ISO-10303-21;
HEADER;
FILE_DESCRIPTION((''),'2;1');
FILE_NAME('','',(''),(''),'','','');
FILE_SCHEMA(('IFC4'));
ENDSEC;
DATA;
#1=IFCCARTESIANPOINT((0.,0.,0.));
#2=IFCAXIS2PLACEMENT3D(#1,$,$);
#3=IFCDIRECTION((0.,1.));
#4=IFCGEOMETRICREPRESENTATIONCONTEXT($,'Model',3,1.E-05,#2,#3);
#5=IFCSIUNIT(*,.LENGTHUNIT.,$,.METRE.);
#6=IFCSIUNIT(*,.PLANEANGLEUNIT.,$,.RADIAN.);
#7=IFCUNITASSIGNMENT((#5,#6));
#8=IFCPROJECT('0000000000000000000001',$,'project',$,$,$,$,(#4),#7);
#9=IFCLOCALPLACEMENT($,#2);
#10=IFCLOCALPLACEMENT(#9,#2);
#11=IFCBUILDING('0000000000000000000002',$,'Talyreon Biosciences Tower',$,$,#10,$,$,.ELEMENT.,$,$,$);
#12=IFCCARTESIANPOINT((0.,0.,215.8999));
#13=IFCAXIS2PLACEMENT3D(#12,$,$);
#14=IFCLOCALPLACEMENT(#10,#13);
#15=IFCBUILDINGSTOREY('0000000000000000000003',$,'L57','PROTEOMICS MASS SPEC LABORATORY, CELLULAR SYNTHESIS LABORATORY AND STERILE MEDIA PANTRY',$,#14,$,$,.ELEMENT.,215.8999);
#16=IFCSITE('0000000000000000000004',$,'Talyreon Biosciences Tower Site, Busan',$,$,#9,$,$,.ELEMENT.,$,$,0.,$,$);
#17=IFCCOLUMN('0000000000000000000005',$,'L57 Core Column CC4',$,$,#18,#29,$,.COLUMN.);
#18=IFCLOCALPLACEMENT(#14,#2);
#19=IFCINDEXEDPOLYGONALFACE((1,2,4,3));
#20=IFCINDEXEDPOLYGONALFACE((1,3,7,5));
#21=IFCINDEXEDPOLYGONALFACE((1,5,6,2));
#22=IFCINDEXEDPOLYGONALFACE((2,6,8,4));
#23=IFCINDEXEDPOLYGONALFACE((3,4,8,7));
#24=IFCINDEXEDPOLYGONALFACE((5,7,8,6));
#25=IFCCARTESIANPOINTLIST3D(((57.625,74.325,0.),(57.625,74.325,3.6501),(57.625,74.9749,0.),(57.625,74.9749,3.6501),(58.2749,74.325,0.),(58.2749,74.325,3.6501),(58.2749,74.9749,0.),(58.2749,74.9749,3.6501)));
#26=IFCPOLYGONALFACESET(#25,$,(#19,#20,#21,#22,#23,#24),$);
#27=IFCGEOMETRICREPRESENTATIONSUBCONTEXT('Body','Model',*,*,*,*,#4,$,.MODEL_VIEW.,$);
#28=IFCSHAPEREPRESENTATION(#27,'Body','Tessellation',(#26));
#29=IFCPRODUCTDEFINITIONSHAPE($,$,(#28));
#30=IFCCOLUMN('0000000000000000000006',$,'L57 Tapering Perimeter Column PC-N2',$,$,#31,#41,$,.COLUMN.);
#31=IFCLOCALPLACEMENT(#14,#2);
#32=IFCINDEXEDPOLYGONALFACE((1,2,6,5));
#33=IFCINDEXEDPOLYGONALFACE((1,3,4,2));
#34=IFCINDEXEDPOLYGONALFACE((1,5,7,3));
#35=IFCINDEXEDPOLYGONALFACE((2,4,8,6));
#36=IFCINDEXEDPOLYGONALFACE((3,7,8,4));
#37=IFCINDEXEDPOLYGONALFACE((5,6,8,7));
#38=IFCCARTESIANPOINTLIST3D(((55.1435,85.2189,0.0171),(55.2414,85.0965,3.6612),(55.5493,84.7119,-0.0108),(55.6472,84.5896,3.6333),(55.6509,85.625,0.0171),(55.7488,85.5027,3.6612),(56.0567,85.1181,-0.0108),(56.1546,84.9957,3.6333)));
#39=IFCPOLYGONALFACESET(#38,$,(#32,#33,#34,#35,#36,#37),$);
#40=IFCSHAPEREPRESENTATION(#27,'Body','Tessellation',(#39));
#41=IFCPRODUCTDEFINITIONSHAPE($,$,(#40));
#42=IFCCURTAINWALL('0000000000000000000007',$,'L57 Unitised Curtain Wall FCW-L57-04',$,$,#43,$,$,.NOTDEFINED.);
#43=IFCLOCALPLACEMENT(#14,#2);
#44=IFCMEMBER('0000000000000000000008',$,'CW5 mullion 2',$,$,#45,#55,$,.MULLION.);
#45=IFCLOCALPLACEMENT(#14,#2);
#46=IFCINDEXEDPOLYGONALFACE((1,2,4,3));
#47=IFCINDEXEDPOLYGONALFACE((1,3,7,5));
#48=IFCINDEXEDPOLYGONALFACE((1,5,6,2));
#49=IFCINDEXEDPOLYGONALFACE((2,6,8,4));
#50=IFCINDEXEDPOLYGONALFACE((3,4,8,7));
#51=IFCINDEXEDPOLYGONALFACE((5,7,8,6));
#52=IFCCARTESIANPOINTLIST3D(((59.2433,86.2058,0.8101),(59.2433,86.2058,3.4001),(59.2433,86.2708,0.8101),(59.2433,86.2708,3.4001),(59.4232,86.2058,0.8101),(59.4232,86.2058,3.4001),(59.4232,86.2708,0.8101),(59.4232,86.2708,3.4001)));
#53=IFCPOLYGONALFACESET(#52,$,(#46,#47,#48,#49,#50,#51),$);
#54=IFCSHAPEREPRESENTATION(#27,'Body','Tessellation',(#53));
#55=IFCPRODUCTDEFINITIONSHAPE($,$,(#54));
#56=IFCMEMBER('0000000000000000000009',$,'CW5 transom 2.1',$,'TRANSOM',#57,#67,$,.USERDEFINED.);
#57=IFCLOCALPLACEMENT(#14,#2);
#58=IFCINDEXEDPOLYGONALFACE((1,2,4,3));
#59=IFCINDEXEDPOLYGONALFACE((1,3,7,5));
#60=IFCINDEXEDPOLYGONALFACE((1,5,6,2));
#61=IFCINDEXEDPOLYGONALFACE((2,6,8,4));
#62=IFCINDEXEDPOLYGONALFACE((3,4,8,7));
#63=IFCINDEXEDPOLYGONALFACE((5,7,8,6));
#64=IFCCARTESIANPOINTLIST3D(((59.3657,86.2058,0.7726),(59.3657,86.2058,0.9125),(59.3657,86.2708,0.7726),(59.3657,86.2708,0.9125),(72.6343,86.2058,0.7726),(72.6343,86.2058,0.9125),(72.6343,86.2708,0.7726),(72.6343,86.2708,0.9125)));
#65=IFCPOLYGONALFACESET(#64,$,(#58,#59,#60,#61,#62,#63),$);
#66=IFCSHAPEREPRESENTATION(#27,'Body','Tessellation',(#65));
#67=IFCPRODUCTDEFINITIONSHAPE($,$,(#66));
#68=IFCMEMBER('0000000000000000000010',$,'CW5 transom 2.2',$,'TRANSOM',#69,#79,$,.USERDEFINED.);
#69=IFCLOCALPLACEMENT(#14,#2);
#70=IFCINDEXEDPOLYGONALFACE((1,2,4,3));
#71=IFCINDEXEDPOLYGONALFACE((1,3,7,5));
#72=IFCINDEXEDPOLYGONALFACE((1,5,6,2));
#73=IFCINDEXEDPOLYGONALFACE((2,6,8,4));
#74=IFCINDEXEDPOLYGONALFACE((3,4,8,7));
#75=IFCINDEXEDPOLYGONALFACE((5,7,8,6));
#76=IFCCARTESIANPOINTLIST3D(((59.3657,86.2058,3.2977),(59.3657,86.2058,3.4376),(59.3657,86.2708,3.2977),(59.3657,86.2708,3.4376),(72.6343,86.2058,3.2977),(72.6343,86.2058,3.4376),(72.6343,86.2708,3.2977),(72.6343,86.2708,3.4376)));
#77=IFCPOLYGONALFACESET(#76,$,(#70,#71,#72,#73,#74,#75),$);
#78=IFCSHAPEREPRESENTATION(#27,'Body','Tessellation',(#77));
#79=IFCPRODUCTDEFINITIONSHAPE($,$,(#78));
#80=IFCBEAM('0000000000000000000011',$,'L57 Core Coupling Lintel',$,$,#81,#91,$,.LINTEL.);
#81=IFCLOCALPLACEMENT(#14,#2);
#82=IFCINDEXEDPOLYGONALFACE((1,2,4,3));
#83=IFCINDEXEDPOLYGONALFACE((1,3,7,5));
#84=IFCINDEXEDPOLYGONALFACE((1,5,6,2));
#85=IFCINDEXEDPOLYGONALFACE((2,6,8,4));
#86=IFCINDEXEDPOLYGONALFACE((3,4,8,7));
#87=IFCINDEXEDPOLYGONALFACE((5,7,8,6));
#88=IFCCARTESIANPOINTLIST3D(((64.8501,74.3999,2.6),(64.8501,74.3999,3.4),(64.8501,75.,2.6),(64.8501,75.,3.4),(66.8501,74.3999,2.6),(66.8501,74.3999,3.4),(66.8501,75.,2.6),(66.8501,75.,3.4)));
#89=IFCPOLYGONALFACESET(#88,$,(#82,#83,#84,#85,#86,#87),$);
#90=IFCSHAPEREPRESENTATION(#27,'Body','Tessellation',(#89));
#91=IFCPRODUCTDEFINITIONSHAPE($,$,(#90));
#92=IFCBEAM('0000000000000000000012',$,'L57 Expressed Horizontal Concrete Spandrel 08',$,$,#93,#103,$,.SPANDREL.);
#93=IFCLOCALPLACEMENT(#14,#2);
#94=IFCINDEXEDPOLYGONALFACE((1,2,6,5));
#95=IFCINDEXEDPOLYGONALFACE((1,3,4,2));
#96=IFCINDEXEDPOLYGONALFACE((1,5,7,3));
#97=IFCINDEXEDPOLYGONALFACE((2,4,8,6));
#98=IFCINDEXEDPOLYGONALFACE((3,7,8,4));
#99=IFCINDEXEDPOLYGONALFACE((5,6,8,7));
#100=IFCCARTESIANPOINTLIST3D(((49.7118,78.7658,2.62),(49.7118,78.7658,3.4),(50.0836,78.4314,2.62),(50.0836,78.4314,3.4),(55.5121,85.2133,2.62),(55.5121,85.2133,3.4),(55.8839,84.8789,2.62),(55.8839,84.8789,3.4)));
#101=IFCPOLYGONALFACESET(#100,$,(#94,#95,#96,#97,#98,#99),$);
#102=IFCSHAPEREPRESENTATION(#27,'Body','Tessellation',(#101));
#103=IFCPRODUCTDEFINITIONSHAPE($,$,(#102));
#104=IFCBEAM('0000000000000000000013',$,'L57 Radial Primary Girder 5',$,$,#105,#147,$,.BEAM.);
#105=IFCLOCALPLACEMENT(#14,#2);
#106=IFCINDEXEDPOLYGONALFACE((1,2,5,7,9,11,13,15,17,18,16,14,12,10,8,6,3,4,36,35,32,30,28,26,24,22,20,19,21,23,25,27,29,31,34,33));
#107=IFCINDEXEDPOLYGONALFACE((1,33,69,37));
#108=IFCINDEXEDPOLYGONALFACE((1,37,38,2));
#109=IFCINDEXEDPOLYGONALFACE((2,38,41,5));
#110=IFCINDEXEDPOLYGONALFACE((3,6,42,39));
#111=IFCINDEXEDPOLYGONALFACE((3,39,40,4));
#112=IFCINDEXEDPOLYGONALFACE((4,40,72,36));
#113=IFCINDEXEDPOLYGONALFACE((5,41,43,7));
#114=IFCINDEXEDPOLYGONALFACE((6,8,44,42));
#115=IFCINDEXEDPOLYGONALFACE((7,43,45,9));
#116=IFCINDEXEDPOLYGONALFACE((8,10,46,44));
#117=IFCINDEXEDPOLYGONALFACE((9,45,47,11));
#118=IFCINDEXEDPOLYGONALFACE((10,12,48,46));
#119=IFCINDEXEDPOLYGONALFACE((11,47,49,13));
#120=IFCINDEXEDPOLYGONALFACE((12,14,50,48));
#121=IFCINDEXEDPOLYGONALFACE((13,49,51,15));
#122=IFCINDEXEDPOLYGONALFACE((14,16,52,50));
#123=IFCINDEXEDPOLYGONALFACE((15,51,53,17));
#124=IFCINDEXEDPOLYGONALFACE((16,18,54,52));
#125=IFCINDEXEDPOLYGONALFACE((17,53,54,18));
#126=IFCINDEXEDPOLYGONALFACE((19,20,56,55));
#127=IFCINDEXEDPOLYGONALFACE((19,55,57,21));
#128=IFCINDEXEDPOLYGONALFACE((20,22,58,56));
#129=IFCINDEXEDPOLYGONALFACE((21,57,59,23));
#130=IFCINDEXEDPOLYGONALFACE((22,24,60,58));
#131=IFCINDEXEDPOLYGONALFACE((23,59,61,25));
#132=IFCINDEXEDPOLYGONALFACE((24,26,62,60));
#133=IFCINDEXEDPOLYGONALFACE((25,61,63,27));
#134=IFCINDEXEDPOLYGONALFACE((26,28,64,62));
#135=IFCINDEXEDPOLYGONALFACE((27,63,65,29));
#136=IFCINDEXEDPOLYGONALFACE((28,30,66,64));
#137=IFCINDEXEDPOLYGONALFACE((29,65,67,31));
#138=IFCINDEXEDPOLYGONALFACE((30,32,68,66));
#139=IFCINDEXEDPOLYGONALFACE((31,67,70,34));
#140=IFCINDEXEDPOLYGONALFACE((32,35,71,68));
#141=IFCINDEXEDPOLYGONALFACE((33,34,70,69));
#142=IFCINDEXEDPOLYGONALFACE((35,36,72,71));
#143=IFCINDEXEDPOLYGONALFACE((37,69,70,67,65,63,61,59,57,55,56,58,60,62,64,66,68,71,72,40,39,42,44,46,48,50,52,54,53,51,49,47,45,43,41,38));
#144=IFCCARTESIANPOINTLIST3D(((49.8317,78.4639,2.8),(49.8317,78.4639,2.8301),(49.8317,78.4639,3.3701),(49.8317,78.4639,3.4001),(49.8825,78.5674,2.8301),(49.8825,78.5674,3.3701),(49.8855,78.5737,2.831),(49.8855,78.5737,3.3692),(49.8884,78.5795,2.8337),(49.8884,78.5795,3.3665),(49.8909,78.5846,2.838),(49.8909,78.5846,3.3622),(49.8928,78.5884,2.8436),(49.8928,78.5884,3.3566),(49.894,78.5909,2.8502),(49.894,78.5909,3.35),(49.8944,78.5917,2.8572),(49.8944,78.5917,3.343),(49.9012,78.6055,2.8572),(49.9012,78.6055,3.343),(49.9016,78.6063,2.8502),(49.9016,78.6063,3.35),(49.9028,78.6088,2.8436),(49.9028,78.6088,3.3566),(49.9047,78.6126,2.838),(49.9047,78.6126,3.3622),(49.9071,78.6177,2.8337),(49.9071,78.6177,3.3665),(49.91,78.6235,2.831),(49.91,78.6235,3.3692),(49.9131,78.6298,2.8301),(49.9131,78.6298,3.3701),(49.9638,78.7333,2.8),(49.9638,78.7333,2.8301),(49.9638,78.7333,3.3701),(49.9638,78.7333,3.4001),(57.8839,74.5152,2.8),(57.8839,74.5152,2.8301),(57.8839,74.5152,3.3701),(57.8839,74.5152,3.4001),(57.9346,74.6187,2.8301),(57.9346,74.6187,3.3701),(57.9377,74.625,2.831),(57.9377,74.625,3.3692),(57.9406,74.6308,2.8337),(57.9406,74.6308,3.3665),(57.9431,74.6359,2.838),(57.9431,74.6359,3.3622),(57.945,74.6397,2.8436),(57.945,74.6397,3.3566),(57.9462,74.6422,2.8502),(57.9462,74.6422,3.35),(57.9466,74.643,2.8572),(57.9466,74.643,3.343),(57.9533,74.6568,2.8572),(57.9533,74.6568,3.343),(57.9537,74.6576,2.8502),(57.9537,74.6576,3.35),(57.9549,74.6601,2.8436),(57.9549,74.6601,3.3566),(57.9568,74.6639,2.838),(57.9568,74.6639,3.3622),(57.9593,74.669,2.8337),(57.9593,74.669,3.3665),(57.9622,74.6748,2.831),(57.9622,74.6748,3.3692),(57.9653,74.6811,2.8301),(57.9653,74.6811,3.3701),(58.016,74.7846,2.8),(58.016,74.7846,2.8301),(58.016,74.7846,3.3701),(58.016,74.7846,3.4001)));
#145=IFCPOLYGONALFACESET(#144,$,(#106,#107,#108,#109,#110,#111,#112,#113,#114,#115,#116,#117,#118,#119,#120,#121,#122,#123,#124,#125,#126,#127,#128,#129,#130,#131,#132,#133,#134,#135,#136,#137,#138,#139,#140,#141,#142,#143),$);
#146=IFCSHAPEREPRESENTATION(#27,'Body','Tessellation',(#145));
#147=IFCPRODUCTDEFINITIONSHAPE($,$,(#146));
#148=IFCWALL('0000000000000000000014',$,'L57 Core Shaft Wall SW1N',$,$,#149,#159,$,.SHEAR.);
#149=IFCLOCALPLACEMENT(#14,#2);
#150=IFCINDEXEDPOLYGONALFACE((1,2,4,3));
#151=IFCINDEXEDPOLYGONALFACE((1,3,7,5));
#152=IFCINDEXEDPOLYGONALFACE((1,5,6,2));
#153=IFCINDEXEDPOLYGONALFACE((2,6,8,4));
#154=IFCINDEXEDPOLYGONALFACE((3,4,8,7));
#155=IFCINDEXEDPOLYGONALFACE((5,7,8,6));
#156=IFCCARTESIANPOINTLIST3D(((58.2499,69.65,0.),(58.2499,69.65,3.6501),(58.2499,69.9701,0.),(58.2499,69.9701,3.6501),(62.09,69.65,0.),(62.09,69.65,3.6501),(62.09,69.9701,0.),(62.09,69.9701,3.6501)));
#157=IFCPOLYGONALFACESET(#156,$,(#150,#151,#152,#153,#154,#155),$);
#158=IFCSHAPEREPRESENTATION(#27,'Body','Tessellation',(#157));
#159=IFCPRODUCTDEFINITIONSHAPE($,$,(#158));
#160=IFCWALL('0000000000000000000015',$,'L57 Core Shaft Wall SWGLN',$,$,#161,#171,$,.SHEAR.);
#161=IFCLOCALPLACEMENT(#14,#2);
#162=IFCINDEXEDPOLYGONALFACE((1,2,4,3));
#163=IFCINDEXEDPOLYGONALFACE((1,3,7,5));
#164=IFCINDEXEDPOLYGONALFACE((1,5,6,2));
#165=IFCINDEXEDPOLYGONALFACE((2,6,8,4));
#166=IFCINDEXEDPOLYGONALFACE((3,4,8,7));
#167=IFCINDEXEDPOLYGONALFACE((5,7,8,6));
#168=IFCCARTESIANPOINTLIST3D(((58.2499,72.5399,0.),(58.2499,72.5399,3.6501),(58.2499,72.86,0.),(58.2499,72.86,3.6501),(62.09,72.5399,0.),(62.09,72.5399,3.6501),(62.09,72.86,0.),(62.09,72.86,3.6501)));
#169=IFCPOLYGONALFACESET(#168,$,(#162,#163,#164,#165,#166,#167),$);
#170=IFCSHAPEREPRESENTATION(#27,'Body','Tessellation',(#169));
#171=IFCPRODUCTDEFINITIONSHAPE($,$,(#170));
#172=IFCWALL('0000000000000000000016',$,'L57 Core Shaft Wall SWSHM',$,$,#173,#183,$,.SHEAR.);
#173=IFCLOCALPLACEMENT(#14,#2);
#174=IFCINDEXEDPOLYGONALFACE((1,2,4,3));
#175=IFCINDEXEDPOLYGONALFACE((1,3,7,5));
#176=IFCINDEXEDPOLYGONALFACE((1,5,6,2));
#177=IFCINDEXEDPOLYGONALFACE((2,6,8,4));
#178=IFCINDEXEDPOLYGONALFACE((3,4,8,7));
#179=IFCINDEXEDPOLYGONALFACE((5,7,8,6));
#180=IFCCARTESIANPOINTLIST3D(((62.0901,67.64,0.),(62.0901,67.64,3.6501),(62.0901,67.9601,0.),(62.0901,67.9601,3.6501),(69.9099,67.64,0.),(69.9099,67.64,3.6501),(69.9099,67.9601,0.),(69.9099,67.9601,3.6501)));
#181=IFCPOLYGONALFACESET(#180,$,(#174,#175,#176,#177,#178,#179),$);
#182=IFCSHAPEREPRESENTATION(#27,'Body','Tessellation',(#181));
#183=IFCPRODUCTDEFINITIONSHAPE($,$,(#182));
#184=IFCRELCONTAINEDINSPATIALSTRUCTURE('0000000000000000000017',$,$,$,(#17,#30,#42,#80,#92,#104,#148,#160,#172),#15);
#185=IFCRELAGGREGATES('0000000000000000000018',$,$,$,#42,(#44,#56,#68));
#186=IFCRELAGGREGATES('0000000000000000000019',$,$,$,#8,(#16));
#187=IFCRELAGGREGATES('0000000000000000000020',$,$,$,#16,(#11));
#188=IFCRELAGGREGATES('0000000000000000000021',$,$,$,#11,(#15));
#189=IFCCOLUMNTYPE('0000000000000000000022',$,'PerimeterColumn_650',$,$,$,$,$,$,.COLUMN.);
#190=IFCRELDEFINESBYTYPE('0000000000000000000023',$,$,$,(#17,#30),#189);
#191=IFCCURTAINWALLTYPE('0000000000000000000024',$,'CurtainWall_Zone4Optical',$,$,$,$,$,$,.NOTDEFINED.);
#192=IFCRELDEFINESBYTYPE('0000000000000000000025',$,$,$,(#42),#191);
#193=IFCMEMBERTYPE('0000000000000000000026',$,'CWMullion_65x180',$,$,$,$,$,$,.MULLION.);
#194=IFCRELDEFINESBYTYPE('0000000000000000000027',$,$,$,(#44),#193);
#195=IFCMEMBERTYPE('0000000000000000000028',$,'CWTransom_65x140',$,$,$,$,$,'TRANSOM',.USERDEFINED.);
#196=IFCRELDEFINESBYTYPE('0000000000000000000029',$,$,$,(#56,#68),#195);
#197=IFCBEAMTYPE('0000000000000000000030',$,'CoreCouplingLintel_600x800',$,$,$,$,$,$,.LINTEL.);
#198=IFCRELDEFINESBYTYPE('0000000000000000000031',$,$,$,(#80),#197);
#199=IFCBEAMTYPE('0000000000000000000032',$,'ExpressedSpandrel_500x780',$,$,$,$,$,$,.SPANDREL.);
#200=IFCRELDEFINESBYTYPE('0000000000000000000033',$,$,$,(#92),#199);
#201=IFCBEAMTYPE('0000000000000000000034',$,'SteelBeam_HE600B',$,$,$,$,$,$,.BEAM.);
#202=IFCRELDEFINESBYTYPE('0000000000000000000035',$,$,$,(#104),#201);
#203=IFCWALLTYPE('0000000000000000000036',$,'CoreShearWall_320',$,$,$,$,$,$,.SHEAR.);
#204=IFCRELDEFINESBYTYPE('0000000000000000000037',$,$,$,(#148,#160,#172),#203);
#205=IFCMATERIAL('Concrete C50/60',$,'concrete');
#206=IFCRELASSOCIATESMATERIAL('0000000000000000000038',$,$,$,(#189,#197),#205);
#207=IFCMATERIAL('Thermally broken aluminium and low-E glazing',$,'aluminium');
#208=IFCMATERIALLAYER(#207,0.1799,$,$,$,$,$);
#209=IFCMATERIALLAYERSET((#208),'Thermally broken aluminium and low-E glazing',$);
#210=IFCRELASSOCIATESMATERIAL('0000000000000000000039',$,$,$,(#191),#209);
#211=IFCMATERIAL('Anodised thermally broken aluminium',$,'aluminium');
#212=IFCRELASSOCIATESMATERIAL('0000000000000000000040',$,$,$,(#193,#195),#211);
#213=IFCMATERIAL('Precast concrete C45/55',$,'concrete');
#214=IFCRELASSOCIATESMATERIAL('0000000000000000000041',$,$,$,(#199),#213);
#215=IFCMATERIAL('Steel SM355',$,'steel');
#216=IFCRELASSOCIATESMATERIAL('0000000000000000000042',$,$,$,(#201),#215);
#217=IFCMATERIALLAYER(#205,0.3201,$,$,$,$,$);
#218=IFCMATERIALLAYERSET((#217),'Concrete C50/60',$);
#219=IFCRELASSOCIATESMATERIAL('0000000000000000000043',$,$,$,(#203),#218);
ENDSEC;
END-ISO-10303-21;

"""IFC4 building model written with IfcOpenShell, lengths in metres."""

from ifc_helpers import new_model, si_unit, direction, frame, frame_2d, origin, origin_2d, place, context, subcontext, project, spatial, rectangle, i_section, extrude, material, layer, layer_set, material_profile, profile_set, type_object, element, aggregate, save


model = new_model("IFC4")

# Units and contexts
model_context = context("Model", 3, precision=1e-05, world=origin(), true_north=direction((0.0, 1.0)))
body_context = subcontext(model_context, "Body", "Model", "MODEL_VIEW")
ifc_project = project(units=[si_unit("LENGTHUNIT", "METRE"), si_unit("PLANEANGLEUNIT", "RADIAN")], contexts=[model_context])

# Site, building, storey
site_placement = place(None, origin())
site = spatial("IfcSite", under=ifc_project, at=site_placement, Name="Talyreon Biosciences Tower Site, Busan", CompositionType="ELEMENT", RefElevation=0.0)
building_placement = place(site_placement, origin())
building = spatial("IfcBuilding", under=site, at=building_placement, Name="Talyreon Biosciences Tower", CompositionType="ELEMENT")
storey_placement = place(building_placement, frame((0.0, 0.0, 215.8999)))
storey = spatial("IfcBuildingStorey", under=building, at=storey_placement, Name="L57", Description="PROTEOMICS MASS SPEC LABORATORY, CELLULAR SYNTHESIS LABORATORY AND STERILE MEDIA PANTRY", CompositionType="ELEMENT", Elevation=215.8999)

# Columns
ifc_material_1 = material(Name="Concrete C50/60", Category="concrete")
ifc_material_profile_1 = material_profile(ifc_material_1, rectangle(XDim=0.6499, YDim=0.6499, at=origin_2d()), Name="RC 650x650")
ifc_profile_set_1 = profile_set([ifc_material_profile_1], Name="Concrete C50/60")
column_type = type_object("IfcColumnType", Name="PerimeterColumn_650", PredefinedType="COLUMN", material=ifc_profile_set_1)
column_1_placement = place(storey_placement, frame((57.95, 74.6499, 0.0), z_axis=(0.0, 0.0, 1.0), x_axis=(1.0, 0.0, 0.0)))
element("IfcColumn", 1, at=column_1_placement, inside=storey, type_object=column_type, Name="L57 Core Column CC4", PredefinedType="COLUMN", context=body_context, shape_type="SweptSolid", body=[
    extrude(rectangle(XDim=0.6499, YDim=0.6499, at=origin_2d()), origin(), (0.0, 0.0, 1.0), 3.6501),
])
column_2_placement = place(storey_placement, frame((55.6001, 85.1685, 0.0032), z_axis=(0.026841, -0.033535, 0.999077), x_axis=(-0.780717, -0.624885, 0.0)))
element("IfcColumn", 2, at=column_2_placement, inside=storey, type_object=column_type, Name="L57 Tapering Perimeter Column PC-N2", PredefinedType="COLUMN", context=body_context, shape_type="SweptSolid", body=[
    extrude(rectangle(XDim=0.6499, YDim=0.6499, at=origin_2d()), origin(), (0.0, 0.0, 1.0), 3.6475),
])

# Curtain wall, members
ifc_material_2 = material(Name="Thermally broken aluminium and low-E glazing", Category="aluminium")
ifc_layer_1 = layer(ifc_material_2, 0.1799)
ifc_layer_set_1 = layer_set([ifc_layer_1], Name="Thermally broken aluminium and low-E glazing")
curtain_wall_type = type_object("IfcCurtainWallType", Name="CurtainWall_Zone4Optical", PredefinedType="NOTDEFINED", material=ifc_layer_set_1)
curtain_wall_placement = place(storey_placement, origin())
curtain_wall = element("IfcCurtainWall", 3, at=curtain_wall_placement, inside=storey, type_object=curtain_wall_type, Name="L57 Unitised Curtain Wall FCW-L57-04", PredefinedType="NOTDEFINED")
ifc_material_3 = material(Name="Anodised thermally broken aluminium", Category="aluminium")
ifc_material_profile_2 = material_profile(ifc_material_3, rectangle(XDim=0.0649, YDim=0.1799, at=origin_2d()), Name="ALUM MULLION 65x180")
ifc_profile_set_2 = profile_set([ifc_material_profile_2], Name="Anodised thermally broken aluminium")
member_type_1 = type_object("IfcMemberType", Name="CWMullion_65x180", PredefinedType="MULLION", material=ifc_profile_set_2)
member_1_placement = place(storey_placement, frame((59.3333, 86.2383, 0.8101), z_axis=(0.0, 0.0, 1.0), x_axis=(0.0, 1.0, 0.0)))
member_1 = element("IfcMember", 4, at=member_1_placement, type_object=member_type_1, Name="CW5 mullion 2", PredefinedType="MULLION", context=body_context, shape_type="SweptSolid", body=[
    extrude(rectangle(XDim=0.0649, YDim=0.1799, at=origin_2d()), origin(), (0.0, 0.0, 1.0), 2.5901),
])
ifc_material_profile_3 = material_profile(ifc_material_3, rectangle(XDim=0.0649, YDim=0.1399, at=origin_2d()), Name="ALUM TRANSOM 65x140")
ifc_profile_set_3 = profile_set([ifc_material_profile_3], Name="Anodised thermally broken aluminium")
member_type_2 = type_object("IfcMemberType", Name="CWTransom_65x140", ElementType="TRANSOM", PredefinedType="USERDEFINED", material=ifc_profile_set_3)
member_2_placement = place(storey_placement, frame((59.3657, 86.2383, 0.8425), z_axis=(1.0, 0.0, 0.0), x_axis=(0.0, 1.0, 0.0)))
member_2 = element("IfcMember", 5, at=member_2_placement, type_object=member_type_2, Name="CW5 transom 2.1", ObjectType="TRANSOM", PredefinedType="USERDEFINED", context=body_context, shape_type="SweptSolid", body=[
    extrude(rectangle(XDim=0.0649, YDim=0.1399, at=origin_2d()), origin(), (0.0, 0.0, 1.0), 13.2686),
])
member_3_placement = place(storey_placement, frame((59.3657, 86.2383, 3.3677), z_axis=(1.0, 0.0, 0.0), x_axis=(0.0, 1.0, 0.0)))
member_3 = element("IfcMember", 6, at=member_3_placement, type_object=member_type_2, Name="CW5 transom 2.2", ObjectType="TRANSOM", PredefinedType="USERDEFINED", context=body_context, shape_type="SweptSolid", body=[
    extrude(rectangle(XDim=0.0649, YDim=0.1399, at=origin_2d()), origin(), (0.0, 0.0, 1.0), 13.2686),
])
aggregate(curtain_wall, [member_1, member_2, member_3])

# Beams
ifc_material_profile_4 = material_profile(ifc_material_1, rectangle(XDim=0.6001, YDim=0.8, at=origin_2d()), Name="RCB 600x800")
ifc_profile_set_4 = profile_set([ifc_material_profile_4], Name="Concrete C50/60")
beam_type_1 = type_object("IfcBeamType", Name="CoreCouplingLintel_600x800", PredefinedType="LINTEL", material=ifc_profile_set_4)
beam_1_placement = place(storey_placement, frame((64.8501, 74.7, 3.0), z_axis=(1.0, 0.0, 0.0), x_axis=(0.0, 1.0, 0.0)))
element("IfcBeam", 7, at=beam_1_placement, inside=storey, type_object=beam_type_1, Name="L57 Core Coupling Lintel", PredefinedType="LINTEL", context=body_context, shape_type="SweptSolid", body=[
    extrude(rectangle(XDim=0.6001, YDim=0.8, at=origin_2d()), origin(), (0.0, 0.0, 1.0), 2.0),
])
ifc_material_4 = material(Name="Precast concrete C45/55", Category="concrete")
ifc_material_profile_5 = material_profile(ifc_material_4, rectangle(XDim=0.5, YDim=0.78, at=origin_2d()), Name="RCB 500x780")
ifc_profile_set_5 = profile_set([ifc_material_profile_5], Name="Precast concrete C45/55")
beam_type_2 = type_object("IfcBeamType", Name="ExpressedSpandrel_500x780", PredefinedType="SPANDREL", material=ifc_profile_set_5)
beam_2_placement = place(storey_placement, frame((55.698, 85.0461, 3.01), z_axis=(-0.668808, -0.743436, 0.0), x_axis=(0.743436, -0.668808, 0.0)))
element("IfcBeam", 8, at=beam_2_placement, inside=storey, type_object=beam_type_2, Name="L57 Expressed Horizontal Concrete Spandrel 08", PredefinedType="SPANDREL", context=body_context, shape_type="SweptSolid", body=[
    extrude(rectangle(XDim=0.5, YDim=0.78, at=origin_2d()), origin(), (0.0, 0.0, 1.0), 8.6726),
])
ifc_material_5 = material(Name="Steel SM355", Category="steel")
ifc_material_profile_6 = material_profile(ifc_material_5, i_section(OverallWidth=0.3, OverallDepth=0.6001, WebThickness=0.0154, FlangeThickness=0.03, FilletRadius=0.0271, at=origin_2d()), Name="HE600B")
ifc_profile_set_6 = profile_set([ifc_material_profile_6], Name="Steel SM355")
beam_type_3 = type_object("IfcBeamType", Name="SteelBeam_HE600B", PredefinedType="BEAM", material=ifc_profile_set_6)
beam_3_placement = place(storey_placement, frame((57.95, 74.6499, 3.1001), z_axis=(-0.897852, 0.440297, 0.0), x_axis=(-0.440297, -0.897852, 0.0)))
element("IfcBeam", 9, at=beam_3_placement, inside=storey, type_object=beam_type_3, Name="L57 Radial Primary Girder 5", PredefinedType="BEAM", context=body_context, shape_type="SweptSolid", body=[
    extrude(i_section(OverallWidth=0.3, OverallDepth=0.6001, WebThickness=0.0154, FlangeThickness=0.03, FilletRadius=0.0271, at=origin_2d()), origin(), (0.0, 0.0, 1.0), 8.9683),
])

# Walls
ifc_layer_2 = layer(ifc_material_1, 0.3201)
ifc_layer_set_2 = layer_set([ifc_layer_2], Name="Concrete C50/60")
wall_type_1 = type_object("IfcWallType", Name="CoreShearWall_320", PredefinedType="SHEAR", material=ifc_layer_set_2)
for number, where, z_axis, x_axis, name in (
    (10, (58.25, 69.8101, 0.0), (0.0, 0.0, 1.0), (1.0, 0.0, 0.0), "L57 Core Shaft Wall SW1N"),
    (11, (58.25, 72.7, 0.0), (0.0, 0.0, 1.0), (1.0, 0.0, 0.0), "L57 Core Shaft Wall SWGLN"),
):
    element("IfcWall", number, at=place(storey_placement, frame(where, z_axis=z_axis, x_axis=x_axis)), inside=storey, type_object=wall_type_1, Name=name, PredefinedType="SHEAR", context=body_context, shape_type="SweptSolid", body=[
        extrude(rectangle(XDim=3.8401, YDim=0.3201, at=frame_2d((1.9199, 0.0))), origin(), (0.0, 0.0, 1.0), 3.6501),
    ])
wall_1_placement = place(storey_placement, frame((62.0901, 67.8, 0.0), z_axis=(0.0, 0.0, 1.0), x_axis=(1.0, 0.0, 0.0)))
element("IfcWall", 12, at=wall_1_placement, inside=storey, type_object=wall_type_1, Name="L57 Core Shaft Wall SWSHM", PredefinedType="SHEAR", context=body_context, shape_type="SweptSolid", body=[
    extrude(rectangle(XDim=7.8198, YDim=0.3201, at=frame_2d((3.9099, 0.0))), origin(), (0.0, 0.0, 1.0), 3.6501),
])

save(model, "model.ifc")
